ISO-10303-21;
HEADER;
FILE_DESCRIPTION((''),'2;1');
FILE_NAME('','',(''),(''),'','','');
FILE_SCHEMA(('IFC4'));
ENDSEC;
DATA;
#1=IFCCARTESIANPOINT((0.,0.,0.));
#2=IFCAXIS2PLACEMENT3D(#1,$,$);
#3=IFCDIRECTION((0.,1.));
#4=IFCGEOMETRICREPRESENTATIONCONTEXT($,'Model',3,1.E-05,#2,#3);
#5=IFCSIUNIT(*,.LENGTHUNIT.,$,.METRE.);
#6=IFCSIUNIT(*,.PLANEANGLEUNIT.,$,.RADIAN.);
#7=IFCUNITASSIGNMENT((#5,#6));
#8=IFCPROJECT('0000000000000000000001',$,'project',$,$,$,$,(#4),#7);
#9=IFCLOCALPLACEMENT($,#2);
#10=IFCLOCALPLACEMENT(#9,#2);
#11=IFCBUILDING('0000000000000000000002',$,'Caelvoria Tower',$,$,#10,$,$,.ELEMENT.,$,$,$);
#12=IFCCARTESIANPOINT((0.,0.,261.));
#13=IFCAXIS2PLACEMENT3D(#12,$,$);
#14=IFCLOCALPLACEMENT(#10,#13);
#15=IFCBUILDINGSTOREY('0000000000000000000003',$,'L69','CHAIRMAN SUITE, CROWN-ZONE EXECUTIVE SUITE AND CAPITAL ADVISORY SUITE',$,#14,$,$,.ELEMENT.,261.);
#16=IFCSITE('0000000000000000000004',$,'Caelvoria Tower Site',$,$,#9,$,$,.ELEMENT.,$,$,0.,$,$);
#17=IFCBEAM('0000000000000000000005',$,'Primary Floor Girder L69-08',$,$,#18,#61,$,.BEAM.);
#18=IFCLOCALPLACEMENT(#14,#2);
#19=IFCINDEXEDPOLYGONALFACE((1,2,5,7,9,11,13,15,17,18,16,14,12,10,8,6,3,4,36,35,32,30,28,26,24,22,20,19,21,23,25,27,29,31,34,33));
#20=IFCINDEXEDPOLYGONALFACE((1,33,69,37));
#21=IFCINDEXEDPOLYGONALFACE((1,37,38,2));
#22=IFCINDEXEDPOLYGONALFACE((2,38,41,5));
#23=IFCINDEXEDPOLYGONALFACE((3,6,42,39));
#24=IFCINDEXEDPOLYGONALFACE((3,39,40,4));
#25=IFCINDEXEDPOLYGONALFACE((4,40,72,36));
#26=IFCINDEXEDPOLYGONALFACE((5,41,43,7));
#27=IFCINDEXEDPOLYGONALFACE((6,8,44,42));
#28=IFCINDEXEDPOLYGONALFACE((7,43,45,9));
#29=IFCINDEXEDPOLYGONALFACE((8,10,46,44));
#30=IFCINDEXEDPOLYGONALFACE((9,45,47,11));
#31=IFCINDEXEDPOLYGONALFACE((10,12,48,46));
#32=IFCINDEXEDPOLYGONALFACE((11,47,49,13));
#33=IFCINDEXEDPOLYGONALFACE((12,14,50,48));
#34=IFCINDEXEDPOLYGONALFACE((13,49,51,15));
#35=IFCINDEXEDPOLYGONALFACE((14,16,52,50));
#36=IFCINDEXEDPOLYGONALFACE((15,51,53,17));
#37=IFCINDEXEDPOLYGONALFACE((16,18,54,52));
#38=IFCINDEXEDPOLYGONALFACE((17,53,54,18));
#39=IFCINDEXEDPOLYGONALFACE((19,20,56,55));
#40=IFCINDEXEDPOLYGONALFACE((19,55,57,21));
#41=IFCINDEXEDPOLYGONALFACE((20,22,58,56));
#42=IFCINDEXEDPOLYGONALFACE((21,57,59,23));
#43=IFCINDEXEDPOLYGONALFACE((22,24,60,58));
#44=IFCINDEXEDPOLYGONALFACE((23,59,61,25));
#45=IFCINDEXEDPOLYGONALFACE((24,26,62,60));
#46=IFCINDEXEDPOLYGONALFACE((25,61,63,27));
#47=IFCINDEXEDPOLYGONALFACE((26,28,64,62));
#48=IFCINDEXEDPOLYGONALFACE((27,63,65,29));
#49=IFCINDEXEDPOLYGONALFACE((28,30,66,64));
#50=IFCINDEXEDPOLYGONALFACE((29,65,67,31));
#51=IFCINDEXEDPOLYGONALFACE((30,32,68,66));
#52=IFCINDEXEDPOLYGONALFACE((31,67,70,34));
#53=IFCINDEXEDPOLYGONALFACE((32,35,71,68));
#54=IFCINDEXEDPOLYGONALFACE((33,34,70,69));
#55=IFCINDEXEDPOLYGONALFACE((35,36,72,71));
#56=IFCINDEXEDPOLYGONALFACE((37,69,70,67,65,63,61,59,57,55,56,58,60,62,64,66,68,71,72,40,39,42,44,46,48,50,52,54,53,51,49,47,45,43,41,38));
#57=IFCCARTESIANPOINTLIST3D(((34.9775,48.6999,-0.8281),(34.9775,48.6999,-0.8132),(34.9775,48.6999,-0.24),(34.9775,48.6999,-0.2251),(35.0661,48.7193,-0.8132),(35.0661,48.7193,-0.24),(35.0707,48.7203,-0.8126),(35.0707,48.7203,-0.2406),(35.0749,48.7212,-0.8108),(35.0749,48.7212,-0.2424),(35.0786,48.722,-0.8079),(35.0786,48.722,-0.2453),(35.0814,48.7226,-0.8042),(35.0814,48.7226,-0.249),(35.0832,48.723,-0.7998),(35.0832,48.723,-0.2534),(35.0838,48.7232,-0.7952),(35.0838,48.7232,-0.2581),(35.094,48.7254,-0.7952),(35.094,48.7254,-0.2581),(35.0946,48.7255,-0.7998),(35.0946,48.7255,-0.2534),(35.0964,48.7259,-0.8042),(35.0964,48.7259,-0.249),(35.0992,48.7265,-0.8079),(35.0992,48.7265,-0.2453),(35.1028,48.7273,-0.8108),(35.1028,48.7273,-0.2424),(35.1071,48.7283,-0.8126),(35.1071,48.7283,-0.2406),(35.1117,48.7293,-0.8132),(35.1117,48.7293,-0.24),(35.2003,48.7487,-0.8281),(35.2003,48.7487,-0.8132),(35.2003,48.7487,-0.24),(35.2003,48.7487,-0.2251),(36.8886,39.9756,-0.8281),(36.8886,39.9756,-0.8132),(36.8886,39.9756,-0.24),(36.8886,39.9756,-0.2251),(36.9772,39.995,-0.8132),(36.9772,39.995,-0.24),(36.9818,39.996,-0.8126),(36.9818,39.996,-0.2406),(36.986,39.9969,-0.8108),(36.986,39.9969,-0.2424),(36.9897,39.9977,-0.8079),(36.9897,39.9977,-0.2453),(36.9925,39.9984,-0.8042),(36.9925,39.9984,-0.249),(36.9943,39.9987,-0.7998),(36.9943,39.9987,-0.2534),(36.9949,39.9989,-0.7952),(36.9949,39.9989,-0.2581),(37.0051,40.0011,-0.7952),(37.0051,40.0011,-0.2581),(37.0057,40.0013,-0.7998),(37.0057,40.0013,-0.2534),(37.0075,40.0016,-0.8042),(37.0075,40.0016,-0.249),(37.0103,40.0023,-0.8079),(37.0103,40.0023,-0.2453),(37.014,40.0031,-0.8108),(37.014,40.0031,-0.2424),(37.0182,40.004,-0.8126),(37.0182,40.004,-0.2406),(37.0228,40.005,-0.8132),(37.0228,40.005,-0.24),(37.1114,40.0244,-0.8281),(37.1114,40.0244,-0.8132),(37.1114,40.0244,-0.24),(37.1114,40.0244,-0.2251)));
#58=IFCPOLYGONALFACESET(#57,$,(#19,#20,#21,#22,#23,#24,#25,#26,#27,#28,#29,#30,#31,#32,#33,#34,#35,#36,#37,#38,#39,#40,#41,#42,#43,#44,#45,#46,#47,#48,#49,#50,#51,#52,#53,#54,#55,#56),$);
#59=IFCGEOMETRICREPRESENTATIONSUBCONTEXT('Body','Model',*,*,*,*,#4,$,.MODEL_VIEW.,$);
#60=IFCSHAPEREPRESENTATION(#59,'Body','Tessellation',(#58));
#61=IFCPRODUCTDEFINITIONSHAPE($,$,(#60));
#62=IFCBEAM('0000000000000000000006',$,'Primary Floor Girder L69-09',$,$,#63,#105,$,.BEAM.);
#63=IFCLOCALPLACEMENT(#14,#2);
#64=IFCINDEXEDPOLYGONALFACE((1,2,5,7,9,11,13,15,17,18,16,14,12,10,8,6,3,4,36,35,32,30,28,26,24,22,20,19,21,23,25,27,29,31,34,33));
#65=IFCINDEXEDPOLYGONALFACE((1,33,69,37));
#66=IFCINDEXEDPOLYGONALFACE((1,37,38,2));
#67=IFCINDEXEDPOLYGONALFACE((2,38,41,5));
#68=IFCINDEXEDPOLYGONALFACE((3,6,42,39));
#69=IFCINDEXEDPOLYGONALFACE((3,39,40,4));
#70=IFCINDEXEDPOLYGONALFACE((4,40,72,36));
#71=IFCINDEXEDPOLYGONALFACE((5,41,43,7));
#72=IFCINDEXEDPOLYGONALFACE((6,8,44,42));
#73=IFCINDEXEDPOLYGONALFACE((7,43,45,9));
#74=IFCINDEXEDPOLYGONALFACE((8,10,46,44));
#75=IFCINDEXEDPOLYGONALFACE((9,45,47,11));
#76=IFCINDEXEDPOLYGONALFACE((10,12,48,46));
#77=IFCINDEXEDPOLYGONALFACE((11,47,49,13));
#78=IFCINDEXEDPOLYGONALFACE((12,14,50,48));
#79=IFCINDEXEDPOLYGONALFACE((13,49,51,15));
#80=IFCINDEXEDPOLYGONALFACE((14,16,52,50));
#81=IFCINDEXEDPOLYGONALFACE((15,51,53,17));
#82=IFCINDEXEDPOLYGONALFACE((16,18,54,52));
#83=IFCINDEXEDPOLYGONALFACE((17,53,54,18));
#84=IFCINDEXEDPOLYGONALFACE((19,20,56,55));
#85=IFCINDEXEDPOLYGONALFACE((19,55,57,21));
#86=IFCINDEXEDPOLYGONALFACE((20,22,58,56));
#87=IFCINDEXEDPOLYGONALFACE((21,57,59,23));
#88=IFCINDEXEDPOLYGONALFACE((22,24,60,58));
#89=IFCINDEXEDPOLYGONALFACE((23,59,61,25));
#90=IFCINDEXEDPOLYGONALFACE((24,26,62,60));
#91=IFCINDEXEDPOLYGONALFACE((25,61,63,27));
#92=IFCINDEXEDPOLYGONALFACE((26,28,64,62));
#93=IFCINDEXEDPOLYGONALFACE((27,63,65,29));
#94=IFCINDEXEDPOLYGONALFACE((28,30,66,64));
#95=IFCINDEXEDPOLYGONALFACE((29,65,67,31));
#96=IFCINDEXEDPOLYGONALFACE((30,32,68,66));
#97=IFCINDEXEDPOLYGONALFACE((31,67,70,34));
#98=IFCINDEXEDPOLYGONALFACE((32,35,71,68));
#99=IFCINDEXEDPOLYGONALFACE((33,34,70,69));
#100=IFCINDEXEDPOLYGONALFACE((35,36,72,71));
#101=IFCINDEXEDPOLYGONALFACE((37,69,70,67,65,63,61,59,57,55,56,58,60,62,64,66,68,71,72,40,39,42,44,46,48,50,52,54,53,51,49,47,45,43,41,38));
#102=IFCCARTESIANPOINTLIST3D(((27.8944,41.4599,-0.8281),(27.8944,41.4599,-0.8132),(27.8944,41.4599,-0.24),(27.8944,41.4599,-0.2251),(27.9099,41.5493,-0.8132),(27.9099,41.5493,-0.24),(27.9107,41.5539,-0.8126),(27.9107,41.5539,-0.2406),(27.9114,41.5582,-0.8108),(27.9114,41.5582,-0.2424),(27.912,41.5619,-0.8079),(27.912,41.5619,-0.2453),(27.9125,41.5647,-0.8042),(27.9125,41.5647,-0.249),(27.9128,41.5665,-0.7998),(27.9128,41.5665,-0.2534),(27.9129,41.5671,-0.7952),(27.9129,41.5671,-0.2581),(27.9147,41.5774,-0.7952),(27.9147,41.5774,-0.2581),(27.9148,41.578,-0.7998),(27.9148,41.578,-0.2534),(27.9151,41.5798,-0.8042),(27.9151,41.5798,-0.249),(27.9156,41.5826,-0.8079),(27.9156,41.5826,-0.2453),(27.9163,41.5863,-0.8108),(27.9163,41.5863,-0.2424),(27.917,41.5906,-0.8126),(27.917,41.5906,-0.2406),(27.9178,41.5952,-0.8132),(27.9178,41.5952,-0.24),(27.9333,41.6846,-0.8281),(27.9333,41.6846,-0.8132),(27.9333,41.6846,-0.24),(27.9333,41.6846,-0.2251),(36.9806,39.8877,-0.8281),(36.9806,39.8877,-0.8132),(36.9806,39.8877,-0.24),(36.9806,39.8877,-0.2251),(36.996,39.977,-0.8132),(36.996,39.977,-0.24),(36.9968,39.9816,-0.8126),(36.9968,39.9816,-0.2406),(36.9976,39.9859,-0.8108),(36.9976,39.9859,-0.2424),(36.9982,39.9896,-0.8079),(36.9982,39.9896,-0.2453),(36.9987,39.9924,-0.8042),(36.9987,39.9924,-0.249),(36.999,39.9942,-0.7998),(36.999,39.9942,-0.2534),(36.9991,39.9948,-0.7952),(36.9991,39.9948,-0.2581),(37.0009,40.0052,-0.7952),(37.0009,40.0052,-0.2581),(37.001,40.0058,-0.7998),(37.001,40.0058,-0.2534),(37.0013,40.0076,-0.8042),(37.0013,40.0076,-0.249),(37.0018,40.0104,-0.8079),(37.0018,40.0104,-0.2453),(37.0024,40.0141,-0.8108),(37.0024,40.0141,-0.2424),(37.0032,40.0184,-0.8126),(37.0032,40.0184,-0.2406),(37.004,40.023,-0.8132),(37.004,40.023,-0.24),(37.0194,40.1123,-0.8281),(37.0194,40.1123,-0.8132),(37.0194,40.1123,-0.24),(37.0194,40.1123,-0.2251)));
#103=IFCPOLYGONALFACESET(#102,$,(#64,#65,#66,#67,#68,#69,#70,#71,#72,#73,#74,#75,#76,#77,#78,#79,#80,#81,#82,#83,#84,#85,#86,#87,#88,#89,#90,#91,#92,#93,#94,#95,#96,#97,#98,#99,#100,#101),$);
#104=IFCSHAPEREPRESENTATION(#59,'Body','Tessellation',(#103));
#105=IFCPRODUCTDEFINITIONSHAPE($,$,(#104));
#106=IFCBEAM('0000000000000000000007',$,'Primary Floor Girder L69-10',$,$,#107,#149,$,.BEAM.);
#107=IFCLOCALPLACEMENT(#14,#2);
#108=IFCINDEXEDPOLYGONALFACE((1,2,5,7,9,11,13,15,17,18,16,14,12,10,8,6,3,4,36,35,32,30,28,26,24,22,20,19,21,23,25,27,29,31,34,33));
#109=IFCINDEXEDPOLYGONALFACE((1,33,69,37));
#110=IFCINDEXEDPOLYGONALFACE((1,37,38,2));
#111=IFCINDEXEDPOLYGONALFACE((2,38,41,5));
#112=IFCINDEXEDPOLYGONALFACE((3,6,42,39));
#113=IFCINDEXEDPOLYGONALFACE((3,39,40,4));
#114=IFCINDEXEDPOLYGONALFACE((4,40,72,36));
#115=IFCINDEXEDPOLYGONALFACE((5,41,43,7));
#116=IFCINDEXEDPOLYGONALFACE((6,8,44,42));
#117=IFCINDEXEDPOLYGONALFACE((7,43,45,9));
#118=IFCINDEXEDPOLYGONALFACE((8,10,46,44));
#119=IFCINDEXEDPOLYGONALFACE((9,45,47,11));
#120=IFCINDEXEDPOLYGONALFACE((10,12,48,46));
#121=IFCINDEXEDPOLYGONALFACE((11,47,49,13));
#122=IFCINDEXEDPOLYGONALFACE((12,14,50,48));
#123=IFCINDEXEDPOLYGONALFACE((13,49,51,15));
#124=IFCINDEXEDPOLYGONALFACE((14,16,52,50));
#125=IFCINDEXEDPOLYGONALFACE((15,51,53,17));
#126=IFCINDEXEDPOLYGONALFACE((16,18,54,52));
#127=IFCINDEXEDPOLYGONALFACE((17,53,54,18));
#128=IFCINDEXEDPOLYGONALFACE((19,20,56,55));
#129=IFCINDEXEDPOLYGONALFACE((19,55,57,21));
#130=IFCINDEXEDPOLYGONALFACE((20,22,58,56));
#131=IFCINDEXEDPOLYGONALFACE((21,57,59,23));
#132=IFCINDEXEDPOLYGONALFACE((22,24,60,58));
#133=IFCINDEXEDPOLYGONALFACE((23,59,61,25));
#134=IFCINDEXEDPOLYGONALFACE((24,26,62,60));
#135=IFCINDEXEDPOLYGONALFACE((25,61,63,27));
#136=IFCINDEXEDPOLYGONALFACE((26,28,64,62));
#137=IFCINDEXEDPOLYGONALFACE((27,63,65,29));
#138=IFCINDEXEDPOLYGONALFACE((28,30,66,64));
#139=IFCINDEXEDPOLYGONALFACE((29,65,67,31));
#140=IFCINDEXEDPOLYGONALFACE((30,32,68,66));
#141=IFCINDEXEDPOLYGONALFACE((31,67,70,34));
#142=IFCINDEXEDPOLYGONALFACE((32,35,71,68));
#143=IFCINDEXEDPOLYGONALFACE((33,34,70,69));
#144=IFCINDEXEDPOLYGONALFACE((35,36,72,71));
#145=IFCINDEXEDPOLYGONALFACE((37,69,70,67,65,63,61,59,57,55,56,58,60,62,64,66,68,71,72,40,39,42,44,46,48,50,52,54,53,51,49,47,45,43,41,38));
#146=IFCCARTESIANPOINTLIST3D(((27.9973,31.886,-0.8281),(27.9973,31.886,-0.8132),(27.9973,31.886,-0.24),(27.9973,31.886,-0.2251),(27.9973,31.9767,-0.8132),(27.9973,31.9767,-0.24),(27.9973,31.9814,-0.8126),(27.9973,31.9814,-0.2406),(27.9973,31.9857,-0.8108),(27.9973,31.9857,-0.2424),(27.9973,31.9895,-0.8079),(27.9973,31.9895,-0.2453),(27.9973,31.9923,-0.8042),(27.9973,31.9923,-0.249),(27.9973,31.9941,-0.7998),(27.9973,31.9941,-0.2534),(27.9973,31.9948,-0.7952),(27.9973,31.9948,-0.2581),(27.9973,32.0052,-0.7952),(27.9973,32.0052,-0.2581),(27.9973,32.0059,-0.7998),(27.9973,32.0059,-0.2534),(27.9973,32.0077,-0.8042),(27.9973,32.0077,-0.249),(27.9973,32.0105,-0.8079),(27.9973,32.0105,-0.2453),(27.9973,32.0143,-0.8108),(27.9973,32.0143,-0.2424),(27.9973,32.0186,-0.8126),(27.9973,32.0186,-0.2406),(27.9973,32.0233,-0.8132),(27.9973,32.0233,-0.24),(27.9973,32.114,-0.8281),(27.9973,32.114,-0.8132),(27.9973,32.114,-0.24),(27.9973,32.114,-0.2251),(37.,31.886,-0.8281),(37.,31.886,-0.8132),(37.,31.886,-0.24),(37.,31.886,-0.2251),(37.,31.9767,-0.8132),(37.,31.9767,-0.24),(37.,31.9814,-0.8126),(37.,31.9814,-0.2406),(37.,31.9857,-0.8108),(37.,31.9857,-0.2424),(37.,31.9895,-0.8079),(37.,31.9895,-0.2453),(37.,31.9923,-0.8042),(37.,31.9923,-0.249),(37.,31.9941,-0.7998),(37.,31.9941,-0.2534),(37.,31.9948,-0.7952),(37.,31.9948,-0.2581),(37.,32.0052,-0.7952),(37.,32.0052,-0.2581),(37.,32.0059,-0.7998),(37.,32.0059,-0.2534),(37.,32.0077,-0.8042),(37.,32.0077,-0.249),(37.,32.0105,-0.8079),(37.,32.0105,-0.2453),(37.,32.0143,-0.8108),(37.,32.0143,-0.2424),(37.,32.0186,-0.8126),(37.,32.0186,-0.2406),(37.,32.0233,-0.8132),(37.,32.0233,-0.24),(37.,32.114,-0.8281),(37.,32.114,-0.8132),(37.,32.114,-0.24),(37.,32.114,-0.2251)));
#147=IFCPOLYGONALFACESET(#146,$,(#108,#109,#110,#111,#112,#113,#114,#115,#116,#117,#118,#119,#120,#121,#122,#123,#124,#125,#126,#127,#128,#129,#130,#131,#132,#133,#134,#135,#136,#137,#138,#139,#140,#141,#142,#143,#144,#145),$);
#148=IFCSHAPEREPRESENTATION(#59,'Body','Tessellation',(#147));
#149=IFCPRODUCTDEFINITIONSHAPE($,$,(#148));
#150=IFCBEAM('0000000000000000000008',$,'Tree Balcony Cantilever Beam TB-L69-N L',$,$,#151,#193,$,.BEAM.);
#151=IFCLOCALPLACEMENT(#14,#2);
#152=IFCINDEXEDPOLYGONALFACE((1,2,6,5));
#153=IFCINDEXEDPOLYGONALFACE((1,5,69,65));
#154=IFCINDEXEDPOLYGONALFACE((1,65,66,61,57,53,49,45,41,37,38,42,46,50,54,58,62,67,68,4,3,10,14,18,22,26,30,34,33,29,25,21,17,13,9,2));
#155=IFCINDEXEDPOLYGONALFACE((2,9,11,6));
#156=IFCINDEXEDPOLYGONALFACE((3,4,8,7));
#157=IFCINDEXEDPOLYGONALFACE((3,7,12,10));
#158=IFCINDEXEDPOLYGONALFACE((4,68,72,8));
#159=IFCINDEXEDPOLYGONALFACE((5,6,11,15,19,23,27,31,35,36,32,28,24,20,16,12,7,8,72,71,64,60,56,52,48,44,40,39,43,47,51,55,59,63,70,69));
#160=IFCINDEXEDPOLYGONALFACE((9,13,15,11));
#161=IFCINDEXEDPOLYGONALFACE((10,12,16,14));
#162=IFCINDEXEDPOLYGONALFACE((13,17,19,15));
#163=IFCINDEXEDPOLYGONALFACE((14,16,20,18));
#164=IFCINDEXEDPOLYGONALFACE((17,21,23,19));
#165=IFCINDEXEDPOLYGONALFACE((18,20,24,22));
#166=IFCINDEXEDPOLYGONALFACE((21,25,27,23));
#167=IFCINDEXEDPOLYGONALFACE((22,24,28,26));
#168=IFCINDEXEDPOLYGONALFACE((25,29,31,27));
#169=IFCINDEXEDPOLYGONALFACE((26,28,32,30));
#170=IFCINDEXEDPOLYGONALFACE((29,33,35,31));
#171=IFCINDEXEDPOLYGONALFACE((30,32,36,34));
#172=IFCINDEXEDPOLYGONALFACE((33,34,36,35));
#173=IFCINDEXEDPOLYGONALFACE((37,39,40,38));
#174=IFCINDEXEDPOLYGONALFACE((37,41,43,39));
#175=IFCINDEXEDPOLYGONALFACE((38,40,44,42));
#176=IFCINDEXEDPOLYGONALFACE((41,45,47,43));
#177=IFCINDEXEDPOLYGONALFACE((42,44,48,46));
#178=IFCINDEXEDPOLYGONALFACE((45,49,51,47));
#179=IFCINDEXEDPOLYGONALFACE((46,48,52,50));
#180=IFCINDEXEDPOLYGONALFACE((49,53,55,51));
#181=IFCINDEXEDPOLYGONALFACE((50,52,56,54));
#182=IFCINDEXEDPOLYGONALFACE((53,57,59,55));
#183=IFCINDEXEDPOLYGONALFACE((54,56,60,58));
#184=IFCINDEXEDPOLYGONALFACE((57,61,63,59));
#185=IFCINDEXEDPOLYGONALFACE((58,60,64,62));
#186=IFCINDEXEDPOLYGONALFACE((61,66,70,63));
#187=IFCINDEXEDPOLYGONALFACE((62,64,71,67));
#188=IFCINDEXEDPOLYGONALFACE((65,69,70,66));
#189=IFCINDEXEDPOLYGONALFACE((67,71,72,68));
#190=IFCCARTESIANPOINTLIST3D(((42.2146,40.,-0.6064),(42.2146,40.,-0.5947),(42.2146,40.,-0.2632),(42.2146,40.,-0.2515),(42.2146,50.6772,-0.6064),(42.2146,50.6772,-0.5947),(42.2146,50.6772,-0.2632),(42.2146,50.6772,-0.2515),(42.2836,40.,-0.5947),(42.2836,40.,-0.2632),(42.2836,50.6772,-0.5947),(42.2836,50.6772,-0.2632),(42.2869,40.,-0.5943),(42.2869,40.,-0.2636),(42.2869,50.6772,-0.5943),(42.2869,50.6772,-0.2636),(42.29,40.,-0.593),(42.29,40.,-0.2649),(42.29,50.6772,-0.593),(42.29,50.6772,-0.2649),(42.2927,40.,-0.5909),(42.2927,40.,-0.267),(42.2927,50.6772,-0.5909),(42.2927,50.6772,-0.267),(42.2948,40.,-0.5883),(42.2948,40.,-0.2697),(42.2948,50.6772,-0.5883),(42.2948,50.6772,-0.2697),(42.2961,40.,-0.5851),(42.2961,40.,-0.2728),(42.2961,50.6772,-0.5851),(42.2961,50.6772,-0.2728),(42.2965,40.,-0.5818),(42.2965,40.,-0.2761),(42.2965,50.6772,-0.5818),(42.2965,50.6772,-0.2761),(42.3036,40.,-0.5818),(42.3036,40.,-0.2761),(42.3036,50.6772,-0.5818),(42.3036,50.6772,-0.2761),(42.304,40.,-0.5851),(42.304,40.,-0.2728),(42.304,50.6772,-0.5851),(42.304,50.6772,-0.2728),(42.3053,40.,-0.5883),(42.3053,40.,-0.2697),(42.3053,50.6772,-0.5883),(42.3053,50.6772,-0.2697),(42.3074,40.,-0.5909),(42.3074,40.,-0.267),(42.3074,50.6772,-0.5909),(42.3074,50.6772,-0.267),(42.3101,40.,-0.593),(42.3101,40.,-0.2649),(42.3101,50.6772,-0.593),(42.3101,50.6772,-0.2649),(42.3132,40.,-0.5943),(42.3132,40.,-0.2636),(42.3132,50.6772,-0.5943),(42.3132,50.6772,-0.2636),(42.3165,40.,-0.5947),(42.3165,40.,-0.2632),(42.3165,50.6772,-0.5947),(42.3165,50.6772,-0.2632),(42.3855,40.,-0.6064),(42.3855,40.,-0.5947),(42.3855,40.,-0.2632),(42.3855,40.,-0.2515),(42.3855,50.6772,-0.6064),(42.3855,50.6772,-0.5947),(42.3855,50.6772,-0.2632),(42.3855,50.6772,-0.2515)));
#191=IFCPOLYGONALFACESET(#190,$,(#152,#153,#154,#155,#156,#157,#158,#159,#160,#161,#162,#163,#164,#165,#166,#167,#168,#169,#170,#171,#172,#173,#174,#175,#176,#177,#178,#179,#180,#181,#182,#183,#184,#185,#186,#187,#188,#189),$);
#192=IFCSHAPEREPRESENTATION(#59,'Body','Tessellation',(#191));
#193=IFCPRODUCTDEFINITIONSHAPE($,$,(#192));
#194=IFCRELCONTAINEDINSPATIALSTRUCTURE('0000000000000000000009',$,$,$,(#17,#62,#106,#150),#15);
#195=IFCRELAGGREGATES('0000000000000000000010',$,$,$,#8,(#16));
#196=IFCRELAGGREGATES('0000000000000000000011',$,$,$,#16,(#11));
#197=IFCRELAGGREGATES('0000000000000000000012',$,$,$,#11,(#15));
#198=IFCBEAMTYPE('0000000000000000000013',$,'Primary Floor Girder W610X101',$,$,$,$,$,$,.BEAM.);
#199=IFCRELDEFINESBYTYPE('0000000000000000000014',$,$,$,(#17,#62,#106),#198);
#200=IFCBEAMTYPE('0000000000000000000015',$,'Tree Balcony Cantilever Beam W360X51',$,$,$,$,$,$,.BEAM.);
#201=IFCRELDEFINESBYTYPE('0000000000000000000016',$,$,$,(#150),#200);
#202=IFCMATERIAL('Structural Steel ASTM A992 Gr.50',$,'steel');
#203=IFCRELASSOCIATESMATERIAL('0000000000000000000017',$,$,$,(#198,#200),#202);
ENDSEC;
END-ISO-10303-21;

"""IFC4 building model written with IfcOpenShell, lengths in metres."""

from ifc_helpers import new_model, si_unit, direction, frame, origin, origin_2d, place, context, subcontext, project, spatial, i_section, extrude, material, material_profile, profile_set, type_object, element, save


model = new_model("IFC4")

# Units and contexts
model_context = context("Model", 3, precision=1e-05, world=origin(), true_north=direction((0.0, 1.0)))
body_context = subcontext(model_context, "Body", "Model", "MODEL_VIEW")
ifc_project = project(units=[si_unit("LENGTHUNIT", "METRE"), si_unit("PLANEANGLEUNIT", "RADIAN")], contexts=[model_context])

# Site, building, storey
site_placement = place(None, origin())
site = spatial("IfcSite", under=ifc_project, at=site_placement, Name="Caelvoria Tower Site", CompositionType="ELEMENT", RefElevation=0.0)
building_placement = place(site_placement, origin())
building = spatial("IfcBuilding", under=site, at=building_placement, Name="Caelvoria Tower", CompositionType="ELEMENT")
storey_placement = place(building_placement, frame((0.0, 0.0, 261.0)))
storey = spatial("IfcBuildingStorey", under=building, at=storey_placement, Name="L69", Description="CHAIRMAN SUITE, CROWN-ZONE EXECUTIVE SUITE AND CAPITAL ADVISORY SUITE", CompositionType="ELEMENT", Elevation=261.0)

# Beams
ifc_material_1 = material(Name="Structural Steel ASTM A992 Gr.50", Category="steel")
ifc_material_profile_1 = material_profile(ifc_material_1, i_section(OverallWidth=0.228, OverallDepth=0.603, WebThickness=0.0105, FlangeThickness=0.0149, FilletRadius=0.0181, at=origin_2d()), Name="Structural Steel ASTM A992 Gr.50")
ifc_profile_set_1 = profile_set([ifc_material_profile_1], Name="W610X101 - Structural Steel ASTM A992 Gr.50")
beam_type_1 = type_object("IfcBeamType", Name="Primary Floor Girder W610X101", PredefinedType="BEAM", material=ifc_profile_set_1)
beam_1_placement = place(storey_placement, frame((37.0, 40.0, -0.5266), z_axis=(-0.213983, 0.976837, 0.0), x_axis=(-0.976837, -0.213983, 0.0)))
element("IfcBeam", 1, at=beam_1_placement, inside=storey, type_object=beam_type_1, Name="Primary Floor Girder L69-08", PredefinedType="BEAM", context=body_context, shape_type="SweptSolid", body=[
    extrude(i_section(OverallWidth=0.228, OverallDepth=0.603, WebThickness=0.0105, FlangeThickness=0.0149, FilletRadius=0.0181, at=origin_2d()), origin(), (0.0, 0.0, 1.0), 8.9312),
])
beam_2_placement = place(storey_placement, frame((37.0, 40.0, -0.5266), z_axis=(-0.985357, 0.170505, 0.0), x_axis=(-0.170505, -0.985357, 0.0)))
element("IfcBeam", 2, at=beam_2_placement, inside=storey, type_object=beam_type_1, Name="Primary Floor Girder L69-09", PredefinedType="BEAM", context=body_context, shape_type="SweptSolid", body=[
    extrude(i_section(OverallWidth=0.228, OverallDepth=0.603, WebThickness=0.0105, FlangeThickness=0.0149, FilletRadius=0.0181, at=origin_2d()), origin(), (0.0, 0.0, 1.0), 9.2212),
])
beam_3_placement = place(storey_placement, frame((37.0, 32.0, -0.5266), z_axis=(-1.0, 0.0, 0.0), x_axis=(0.0, -1.0, 0.0)))
element("IfcBeam", 3, at=beam_3_placement, inside=storey, type_object=beam_type_1, Name="Primary Floor Girder L69-10", PredefinedType="BEAM", context=body_context, shape_type="SweptSolid", body=[
    extrude(i_section(OverallWidth=0.228, OverallDepth=0.603, WebThickness=0.0105, FlangeThickness=0.0149, FilletRadius=0.0181, at=origin_2d()), origin(), (0.0, 0.0, 1.0), 9.0027),
])
ifc_material_profile_2 = material_profile(ifc_material_1, i_section(OverallWidth=0.1709, OverallDepth=0.355, WebThickness=0.0071, FlangeThickness=0.0117, FilletRadius=0.0129, at=origin_2d()), Name="Structural Steel ASTM A992 Gr.50")
ifc_profile_set_2 = profile_set([ifc_material_profile_2], Name="W360X51 - Structural Steel ASTM A992 Gr.50")
beam_type_2 = type_object("IfcBeamType", Name="Tree Balcony Cantilever Beam W360X51", PredefinedType="BEAM", material=ifc_profile_set_2)
beam_4_placement = place(storey_placement, frame((42.3, 40.0, -0.429), z_axis=(0.0, 1.0, 0.0), x_axis=(-1.0, 0.0, 0.0)))
element("IfcBeam", 4, at=beam_4_placement, inside=storey, type_object=beam_type_2, Name="Tree Balcony Cantilever Beam TB-L69-N L", PredefinedType="BEAM", context=body_context, shape_type="SweptSolid", body=[
    extrude(i_section(OverallWidth=0.1709, OverallDepth=0.355, WebThickness=0.0071, FlangeThickness=0.0117, FilletRadius=0.0129, at=origin_2d()), origin(), (0.0, 0.0, 1.0), 10.6772),
])

save(model, "model.ifc")
